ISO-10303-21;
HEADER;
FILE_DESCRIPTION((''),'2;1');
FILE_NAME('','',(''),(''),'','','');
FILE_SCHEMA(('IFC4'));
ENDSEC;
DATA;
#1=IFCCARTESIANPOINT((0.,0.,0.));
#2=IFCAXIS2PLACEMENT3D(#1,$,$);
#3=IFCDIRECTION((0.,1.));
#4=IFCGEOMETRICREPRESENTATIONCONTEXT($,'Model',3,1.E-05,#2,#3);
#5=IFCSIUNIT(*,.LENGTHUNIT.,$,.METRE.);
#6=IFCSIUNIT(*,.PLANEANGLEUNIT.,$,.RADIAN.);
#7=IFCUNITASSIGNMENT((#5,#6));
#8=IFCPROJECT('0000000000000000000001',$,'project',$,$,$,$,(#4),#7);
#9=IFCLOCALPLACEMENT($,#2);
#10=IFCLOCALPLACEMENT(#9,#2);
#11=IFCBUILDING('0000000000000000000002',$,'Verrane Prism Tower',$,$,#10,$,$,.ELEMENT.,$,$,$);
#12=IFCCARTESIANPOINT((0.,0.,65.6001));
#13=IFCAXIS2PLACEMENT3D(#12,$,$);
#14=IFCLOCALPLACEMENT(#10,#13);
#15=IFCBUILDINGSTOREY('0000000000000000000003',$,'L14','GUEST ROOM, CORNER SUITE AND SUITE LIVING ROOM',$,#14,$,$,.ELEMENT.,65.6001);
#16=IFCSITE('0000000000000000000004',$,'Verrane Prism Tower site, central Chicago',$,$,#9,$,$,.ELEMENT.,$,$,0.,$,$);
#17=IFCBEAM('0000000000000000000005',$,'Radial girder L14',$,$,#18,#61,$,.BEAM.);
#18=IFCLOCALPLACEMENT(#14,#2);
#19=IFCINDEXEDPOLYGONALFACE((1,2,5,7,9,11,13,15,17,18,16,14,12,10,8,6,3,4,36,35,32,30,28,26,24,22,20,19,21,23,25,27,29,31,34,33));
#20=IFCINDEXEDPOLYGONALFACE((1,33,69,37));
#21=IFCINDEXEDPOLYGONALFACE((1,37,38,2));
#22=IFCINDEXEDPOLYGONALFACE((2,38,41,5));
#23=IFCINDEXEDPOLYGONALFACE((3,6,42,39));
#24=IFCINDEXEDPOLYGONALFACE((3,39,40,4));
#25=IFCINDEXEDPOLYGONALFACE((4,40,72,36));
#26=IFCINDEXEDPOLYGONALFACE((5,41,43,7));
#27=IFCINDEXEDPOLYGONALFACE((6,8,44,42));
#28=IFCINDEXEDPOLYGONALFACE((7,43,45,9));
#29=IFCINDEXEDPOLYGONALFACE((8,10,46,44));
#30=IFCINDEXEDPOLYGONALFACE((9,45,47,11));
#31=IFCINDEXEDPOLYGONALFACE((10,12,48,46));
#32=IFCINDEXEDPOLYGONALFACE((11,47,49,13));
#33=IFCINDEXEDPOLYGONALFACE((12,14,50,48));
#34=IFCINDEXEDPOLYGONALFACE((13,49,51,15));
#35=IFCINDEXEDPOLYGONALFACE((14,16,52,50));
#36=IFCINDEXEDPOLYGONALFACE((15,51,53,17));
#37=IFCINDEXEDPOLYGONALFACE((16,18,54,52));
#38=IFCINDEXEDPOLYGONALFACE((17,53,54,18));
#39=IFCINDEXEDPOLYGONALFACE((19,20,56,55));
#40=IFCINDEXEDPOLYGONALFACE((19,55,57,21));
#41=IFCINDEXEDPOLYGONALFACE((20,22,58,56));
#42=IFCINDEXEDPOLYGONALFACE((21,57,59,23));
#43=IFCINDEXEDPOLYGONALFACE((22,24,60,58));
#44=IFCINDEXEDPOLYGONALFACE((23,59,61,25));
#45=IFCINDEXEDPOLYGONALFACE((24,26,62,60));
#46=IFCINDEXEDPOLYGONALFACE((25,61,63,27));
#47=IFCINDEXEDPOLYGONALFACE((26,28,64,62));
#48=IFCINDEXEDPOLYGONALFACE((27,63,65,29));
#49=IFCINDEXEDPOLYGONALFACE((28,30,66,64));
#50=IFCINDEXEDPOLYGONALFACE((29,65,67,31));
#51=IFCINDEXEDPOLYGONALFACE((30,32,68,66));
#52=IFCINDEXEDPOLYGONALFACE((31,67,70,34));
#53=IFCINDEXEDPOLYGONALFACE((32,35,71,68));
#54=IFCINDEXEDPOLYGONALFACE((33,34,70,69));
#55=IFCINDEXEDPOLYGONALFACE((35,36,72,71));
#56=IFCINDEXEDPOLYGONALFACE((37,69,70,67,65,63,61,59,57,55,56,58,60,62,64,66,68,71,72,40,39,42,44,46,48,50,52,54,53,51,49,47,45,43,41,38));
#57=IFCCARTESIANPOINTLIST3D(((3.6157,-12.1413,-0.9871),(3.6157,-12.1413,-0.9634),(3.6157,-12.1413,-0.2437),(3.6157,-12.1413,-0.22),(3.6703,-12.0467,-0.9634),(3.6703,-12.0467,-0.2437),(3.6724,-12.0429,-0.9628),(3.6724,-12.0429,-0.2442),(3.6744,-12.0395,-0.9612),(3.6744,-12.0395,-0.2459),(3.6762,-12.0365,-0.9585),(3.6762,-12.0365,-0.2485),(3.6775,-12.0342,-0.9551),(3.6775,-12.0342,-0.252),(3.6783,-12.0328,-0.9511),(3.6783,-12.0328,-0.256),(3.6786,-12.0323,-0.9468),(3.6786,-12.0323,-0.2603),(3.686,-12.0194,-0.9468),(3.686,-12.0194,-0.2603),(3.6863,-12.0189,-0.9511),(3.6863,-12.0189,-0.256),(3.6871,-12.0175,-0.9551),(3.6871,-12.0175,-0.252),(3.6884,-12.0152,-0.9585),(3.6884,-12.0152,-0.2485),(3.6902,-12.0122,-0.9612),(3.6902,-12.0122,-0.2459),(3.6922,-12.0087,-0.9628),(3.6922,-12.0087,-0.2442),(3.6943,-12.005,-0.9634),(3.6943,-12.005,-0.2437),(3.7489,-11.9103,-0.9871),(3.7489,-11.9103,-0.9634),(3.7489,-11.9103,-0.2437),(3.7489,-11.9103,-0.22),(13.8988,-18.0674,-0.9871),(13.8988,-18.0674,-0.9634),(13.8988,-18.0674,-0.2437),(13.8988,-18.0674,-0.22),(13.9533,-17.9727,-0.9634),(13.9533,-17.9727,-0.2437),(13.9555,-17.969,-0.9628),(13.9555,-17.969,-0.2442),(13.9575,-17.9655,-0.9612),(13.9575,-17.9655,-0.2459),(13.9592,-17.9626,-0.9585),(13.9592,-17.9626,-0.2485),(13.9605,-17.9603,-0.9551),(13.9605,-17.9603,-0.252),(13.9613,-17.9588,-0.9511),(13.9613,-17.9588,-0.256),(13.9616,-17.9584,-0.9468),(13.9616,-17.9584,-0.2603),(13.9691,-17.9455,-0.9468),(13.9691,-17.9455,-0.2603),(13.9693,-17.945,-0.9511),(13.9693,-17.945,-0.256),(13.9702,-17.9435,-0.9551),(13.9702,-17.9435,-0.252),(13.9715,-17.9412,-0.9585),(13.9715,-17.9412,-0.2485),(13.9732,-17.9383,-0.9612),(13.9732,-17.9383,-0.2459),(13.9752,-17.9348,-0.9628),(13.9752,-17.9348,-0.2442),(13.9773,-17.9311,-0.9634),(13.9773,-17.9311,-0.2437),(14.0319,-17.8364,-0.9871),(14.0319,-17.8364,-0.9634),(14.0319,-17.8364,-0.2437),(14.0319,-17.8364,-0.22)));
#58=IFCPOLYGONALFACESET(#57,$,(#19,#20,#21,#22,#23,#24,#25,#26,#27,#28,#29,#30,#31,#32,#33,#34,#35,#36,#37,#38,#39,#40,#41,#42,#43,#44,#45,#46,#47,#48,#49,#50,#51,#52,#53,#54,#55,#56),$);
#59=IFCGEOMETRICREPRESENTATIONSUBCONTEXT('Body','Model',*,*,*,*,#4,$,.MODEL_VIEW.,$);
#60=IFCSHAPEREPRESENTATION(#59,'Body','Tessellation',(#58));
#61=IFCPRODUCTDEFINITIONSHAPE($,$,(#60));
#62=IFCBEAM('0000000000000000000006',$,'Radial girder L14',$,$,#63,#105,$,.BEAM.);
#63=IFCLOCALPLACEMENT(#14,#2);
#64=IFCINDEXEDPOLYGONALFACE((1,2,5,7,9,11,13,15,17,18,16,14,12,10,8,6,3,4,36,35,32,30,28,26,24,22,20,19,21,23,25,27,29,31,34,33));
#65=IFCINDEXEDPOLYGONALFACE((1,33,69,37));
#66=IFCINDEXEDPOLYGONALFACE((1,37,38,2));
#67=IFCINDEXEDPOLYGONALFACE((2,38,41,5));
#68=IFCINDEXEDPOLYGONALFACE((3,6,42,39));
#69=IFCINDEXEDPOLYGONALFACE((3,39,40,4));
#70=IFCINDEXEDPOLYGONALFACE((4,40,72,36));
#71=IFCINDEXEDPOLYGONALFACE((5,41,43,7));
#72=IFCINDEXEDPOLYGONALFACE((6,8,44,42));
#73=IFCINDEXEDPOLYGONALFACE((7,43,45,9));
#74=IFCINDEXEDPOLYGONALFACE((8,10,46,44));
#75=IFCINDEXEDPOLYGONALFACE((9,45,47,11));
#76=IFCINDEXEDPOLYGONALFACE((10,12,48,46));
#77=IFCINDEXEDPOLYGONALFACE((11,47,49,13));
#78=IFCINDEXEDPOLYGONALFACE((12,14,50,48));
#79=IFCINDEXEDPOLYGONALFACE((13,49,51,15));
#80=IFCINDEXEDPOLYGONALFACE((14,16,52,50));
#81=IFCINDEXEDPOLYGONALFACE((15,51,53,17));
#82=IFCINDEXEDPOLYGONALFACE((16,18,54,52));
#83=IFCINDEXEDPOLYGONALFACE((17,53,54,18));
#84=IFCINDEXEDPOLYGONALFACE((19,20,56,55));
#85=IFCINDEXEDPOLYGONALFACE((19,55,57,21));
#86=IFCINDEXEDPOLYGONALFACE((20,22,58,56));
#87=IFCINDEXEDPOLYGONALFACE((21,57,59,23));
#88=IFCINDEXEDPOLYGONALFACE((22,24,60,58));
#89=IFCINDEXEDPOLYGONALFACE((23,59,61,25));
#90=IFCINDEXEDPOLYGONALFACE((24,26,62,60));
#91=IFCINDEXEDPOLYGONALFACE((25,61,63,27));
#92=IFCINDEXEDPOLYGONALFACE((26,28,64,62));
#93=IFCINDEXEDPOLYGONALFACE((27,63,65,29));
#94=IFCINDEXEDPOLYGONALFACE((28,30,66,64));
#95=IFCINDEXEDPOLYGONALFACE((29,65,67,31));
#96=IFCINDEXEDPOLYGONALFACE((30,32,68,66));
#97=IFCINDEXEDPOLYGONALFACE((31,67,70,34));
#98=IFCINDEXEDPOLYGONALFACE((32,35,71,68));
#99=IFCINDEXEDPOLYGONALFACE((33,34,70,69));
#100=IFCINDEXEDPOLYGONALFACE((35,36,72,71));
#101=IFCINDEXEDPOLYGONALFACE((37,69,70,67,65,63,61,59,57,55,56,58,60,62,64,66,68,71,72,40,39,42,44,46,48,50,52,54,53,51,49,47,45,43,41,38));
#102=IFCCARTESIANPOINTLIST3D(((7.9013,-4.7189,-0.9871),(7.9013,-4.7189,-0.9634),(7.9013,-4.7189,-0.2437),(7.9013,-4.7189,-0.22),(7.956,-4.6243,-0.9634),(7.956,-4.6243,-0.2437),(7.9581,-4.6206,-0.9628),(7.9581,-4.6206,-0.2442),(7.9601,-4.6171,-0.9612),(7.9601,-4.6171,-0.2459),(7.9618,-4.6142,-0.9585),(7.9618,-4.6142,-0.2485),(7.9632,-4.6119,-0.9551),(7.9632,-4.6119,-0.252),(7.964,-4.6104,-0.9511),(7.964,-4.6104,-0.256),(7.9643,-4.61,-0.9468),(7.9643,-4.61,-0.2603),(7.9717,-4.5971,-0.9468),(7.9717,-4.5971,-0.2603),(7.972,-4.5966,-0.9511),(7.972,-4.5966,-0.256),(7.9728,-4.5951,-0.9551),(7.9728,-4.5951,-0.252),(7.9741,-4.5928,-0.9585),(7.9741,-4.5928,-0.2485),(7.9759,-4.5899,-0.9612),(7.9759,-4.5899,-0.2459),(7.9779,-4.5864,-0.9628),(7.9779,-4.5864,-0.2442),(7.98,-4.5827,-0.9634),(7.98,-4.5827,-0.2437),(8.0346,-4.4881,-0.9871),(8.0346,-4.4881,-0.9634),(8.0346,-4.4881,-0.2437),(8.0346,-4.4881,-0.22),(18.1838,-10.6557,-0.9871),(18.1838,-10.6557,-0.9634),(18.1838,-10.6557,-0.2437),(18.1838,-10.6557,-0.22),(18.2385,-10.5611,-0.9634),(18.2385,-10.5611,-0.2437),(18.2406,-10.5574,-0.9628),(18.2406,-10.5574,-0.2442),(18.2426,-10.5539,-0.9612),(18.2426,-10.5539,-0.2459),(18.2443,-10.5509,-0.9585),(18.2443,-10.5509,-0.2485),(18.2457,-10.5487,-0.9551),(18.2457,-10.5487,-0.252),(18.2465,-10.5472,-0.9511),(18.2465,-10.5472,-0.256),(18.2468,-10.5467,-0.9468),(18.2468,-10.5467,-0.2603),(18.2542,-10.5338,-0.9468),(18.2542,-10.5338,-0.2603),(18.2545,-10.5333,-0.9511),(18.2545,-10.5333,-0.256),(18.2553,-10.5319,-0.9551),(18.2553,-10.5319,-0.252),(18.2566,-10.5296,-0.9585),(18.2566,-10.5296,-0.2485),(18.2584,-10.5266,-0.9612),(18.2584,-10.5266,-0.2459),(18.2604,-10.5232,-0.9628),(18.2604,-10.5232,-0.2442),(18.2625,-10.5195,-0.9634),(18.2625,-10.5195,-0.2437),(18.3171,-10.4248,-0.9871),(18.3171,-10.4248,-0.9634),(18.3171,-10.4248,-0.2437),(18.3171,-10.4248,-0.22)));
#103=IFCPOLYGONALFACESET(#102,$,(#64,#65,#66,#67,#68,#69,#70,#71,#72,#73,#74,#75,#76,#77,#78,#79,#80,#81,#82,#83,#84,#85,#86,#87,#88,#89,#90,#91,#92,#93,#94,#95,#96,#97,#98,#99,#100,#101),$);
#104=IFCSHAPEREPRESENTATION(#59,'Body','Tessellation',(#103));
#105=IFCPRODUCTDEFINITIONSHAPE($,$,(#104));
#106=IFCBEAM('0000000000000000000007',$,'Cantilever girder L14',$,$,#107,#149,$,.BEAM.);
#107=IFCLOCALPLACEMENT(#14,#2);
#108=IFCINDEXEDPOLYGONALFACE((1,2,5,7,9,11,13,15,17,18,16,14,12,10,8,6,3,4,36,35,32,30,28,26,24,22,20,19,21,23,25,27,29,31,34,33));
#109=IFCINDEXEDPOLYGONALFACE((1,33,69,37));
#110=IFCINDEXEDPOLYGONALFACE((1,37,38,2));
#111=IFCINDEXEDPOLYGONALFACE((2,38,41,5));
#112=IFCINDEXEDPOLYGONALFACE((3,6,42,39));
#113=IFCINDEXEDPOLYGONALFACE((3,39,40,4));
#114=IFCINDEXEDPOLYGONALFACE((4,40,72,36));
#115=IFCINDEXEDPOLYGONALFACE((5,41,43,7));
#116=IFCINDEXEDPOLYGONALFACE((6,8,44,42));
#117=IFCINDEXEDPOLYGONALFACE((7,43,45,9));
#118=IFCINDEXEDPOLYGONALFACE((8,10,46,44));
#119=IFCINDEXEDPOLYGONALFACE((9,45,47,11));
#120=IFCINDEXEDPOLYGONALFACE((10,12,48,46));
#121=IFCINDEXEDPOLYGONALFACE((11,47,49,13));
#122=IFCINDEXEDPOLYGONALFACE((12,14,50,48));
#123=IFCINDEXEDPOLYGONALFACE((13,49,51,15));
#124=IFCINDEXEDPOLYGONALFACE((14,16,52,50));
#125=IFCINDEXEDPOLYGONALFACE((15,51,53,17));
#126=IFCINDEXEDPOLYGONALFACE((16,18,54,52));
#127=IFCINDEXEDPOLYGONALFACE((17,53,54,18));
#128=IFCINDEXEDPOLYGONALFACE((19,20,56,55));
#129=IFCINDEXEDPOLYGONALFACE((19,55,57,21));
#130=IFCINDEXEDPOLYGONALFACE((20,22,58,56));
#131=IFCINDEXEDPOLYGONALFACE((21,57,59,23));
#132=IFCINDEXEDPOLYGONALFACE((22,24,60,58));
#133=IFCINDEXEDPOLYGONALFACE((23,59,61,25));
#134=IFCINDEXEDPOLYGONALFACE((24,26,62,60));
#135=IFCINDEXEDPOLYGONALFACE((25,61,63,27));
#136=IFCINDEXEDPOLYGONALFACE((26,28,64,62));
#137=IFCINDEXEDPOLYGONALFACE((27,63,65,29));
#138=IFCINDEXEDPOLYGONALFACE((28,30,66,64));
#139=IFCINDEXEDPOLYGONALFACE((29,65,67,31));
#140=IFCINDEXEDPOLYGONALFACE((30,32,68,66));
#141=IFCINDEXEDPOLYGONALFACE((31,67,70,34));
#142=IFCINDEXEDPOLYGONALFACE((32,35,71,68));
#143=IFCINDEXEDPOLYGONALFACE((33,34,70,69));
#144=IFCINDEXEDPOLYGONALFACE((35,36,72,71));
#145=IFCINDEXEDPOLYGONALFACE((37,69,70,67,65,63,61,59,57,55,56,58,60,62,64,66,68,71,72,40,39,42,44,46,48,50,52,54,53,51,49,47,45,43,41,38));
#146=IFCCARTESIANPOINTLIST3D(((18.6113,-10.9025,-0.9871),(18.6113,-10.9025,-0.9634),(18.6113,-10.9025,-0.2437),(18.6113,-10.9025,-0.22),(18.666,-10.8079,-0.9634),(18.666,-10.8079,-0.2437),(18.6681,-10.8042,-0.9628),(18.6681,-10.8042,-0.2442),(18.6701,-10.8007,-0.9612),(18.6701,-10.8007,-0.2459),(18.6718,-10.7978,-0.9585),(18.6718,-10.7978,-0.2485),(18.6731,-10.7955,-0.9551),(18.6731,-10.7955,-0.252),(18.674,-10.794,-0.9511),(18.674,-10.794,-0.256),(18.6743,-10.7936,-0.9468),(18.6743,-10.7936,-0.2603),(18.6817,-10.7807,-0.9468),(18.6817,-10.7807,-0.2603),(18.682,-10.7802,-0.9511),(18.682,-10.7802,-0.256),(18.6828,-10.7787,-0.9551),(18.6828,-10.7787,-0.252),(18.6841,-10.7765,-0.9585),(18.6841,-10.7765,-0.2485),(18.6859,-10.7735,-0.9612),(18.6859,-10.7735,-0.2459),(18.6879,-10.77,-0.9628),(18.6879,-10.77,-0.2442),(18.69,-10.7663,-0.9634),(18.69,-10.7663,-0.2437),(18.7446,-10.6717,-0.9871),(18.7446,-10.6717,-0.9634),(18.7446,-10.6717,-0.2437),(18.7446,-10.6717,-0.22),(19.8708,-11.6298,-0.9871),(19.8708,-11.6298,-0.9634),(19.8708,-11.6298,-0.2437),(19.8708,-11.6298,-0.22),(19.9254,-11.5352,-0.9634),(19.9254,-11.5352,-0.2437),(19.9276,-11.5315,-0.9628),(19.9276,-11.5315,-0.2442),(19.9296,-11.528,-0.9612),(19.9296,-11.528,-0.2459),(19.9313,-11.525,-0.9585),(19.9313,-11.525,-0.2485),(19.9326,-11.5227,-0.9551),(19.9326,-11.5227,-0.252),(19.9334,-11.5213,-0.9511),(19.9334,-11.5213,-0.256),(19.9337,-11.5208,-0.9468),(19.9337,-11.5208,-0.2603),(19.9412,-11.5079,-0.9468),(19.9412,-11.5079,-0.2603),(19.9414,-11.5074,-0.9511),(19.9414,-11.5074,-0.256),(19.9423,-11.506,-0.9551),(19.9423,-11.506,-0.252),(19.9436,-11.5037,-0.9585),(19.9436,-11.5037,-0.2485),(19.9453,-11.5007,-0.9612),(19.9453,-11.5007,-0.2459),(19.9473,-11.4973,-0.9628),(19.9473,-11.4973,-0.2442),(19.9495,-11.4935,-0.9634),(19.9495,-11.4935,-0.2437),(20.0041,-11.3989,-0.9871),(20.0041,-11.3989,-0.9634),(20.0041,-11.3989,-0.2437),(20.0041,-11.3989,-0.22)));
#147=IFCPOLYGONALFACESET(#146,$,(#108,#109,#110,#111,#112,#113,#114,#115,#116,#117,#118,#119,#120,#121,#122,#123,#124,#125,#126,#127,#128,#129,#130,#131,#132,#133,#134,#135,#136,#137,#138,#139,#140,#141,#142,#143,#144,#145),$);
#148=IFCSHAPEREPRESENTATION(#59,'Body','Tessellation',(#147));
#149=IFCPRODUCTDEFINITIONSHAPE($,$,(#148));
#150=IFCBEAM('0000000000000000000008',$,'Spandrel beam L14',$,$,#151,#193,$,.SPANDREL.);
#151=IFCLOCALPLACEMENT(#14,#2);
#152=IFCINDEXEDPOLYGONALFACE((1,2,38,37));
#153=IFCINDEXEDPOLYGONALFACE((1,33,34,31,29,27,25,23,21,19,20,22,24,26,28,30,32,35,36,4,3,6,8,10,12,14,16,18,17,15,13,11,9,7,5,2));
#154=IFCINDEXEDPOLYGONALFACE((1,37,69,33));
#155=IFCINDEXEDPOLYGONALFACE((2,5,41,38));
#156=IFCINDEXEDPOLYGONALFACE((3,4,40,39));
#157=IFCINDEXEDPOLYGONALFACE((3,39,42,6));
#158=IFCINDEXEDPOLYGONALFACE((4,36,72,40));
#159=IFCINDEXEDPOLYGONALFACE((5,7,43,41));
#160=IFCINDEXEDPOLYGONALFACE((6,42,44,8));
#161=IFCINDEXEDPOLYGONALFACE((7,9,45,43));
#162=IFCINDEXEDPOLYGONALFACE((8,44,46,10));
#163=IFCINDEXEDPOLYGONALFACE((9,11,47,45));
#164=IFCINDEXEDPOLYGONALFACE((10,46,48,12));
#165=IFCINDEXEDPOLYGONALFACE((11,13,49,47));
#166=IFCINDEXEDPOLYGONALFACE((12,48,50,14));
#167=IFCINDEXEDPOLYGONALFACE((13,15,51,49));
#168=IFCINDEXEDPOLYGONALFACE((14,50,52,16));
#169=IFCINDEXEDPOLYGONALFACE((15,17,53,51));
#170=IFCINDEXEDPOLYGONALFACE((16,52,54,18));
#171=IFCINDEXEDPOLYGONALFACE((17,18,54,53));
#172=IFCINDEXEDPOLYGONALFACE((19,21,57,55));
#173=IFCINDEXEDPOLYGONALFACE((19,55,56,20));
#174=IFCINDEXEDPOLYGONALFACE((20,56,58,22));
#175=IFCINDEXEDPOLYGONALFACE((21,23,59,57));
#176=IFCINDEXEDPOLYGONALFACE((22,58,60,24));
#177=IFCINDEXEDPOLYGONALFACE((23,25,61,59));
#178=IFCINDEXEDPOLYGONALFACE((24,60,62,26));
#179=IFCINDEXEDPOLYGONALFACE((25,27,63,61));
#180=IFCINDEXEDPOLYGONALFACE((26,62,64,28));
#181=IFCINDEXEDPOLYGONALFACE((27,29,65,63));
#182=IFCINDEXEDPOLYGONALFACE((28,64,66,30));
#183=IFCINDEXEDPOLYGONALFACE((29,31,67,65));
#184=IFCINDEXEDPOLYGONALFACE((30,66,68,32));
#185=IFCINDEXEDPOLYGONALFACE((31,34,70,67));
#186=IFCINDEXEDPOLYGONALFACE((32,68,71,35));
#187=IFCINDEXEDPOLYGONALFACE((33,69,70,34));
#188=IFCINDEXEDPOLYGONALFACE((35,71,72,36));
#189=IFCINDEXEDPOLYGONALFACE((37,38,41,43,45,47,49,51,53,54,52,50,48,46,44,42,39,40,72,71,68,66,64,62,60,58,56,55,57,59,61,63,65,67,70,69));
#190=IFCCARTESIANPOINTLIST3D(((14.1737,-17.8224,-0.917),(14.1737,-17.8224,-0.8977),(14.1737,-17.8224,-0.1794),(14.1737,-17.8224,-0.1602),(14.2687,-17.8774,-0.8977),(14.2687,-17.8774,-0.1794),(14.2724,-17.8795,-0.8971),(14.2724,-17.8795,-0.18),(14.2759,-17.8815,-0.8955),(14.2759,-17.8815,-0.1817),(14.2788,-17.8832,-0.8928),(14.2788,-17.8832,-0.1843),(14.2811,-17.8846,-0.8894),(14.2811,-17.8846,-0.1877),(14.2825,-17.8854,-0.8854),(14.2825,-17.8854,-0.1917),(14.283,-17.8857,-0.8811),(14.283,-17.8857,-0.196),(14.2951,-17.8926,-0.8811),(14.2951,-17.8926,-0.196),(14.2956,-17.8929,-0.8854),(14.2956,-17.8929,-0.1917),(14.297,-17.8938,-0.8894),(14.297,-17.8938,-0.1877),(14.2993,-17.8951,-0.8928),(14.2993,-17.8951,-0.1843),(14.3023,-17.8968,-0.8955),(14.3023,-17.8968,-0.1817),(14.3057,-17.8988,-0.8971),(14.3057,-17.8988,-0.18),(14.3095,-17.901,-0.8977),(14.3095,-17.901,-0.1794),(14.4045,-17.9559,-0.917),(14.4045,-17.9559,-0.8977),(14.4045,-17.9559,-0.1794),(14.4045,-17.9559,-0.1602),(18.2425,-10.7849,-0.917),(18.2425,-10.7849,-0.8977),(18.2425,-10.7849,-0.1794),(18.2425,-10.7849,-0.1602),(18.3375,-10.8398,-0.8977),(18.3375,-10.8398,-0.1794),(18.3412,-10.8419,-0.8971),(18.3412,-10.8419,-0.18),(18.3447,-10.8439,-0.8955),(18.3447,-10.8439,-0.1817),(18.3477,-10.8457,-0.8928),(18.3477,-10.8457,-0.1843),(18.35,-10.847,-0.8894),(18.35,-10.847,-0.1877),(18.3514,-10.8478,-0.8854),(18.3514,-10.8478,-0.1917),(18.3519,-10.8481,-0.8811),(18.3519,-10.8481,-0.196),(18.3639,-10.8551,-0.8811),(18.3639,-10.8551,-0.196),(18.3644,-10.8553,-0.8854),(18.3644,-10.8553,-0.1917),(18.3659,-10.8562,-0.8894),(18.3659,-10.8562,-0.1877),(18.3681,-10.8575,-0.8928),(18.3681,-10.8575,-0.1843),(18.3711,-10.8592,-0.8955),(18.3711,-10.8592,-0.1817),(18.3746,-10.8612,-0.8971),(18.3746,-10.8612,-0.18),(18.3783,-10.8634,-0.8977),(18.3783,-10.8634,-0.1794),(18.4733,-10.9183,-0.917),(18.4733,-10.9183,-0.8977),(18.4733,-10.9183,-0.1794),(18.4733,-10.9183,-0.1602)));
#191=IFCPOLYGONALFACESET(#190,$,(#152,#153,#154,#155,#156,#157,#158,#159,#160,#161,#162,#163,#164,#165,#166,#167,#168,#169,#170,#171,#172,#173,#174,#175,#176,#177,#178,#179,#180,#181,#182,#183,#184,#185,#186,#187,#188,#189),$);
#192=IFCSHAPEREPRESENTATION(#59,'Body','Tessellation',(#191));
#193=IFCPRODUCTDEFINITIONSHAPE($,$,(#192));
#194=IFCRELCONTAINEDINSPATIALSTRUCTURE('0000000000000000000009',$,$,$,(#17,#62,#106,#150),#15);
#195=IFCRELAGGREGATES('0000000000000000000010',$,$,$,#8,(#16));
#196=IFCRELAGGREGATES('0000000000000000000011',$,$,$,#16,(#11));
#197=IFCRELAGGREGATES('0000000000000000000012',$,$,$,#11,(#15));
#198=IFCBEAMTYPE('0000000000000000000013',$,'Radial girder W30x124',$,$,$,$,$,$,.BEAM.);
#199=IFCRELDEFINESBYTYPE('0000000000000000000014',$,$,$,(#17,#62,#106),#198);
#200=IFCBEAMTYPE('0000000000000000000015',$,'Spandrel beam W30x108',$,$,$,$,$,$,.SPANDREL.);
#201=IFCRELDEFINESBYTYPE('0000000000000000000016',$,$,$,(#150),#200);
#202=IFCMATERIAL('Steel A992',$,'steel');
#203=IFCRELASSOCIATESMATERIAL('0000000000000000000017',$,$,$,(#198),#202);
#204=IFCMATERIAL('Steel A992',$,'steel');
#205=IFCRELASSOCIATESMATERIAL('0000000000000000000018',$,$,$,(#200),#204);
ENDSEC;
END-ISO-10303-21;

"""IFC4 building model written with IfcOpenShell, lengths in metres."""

from ifc_helpers import new_model, si_unit, direction, frame, origin, origin_2d, place, context, subcontext, project, spatial, i_section, extrude, material, material_profile, profile_set, type_object, element, save


model = new_model("IFC4")

# Units and contexts
model_context = context("Model", 3, precision=1e-05, world=origin(), true_north=direction((0.0, 1.0)))
body_context = subcontext(model_context, "Body", "Model", "MODEL_VIEW")
ifc_project = project(units=[si_unit("LENGTHUNIT", "METRE"), si_unit("PLANEANGLEUNIT", "RADIAN")], contexts=[model_context])

# Site, building, storey
site_placement = place(None, origin())
site = spatial("IfcSite", under=ifc_project, at=site_placement, Name="Verrane Prism Tower site, central Chicago", CompositionType="ELEMENT", RefElevation=0.0)
building_placement = place(site_placement, origin())
building = spatial("IfcBuilding", under=site, at=building_placement, Name="Verrane Prism Tower", CompositionType="ELEMENT")
storey_placement = place(building_placement, frame((0.0, 0.0, 65.6001)))
storey = spatial("IfcBuildingStorey", under=building, at=storey_placement, Name="L14", Description="GUEST ROOM, CORNER SUITE AND SUITE LIVING ROOM", CompositionType="ELEMENT", Elevation=65.6001)

# Beams
ifc_material_1 = material(Name="Steel A992", Category="steel")
ifc_material_profile_1 = material_profile(ifc_material_1, i_section(OverallWidth=0.2666, OverallDepth=0.7671, WebThickness=0.0149, FlangeThickness=0.0237, FilletRadius=0.0166, at=origin_2d()), Name="W30x124")
ifc_profile_set_1 = profile_set([ifc_material_profile_1], Name="Steel A992")
beam_type_1 = type_object("IfcBeamType", Name="Radial girder W30x124", PredefinedType="BEAM", material=ifc_profile_set_1)
beam_1_placement = place(storey_placement, frame((13.9653, -17.9519, -0.6035), z_axis=(-0.866421, 0.499315, 0.0), x_axis=(-0.499315, -0.866421, 0.0)))
element("IfcBeam", 1, at=beam_1_placement, inside=storey, type_object=beam_type_1, Name="Radial girder L14", PredefinedType="BEAM", context=body_context, shape_type="SweptSolid", body=[
    extrude(i_section(OverallWidth=0.2666, OverallDepth=0.7671, WebThickness=0.0149, FlangeThickness=0.0237, FilletRadius=0.0166, at=origin_2d()), origin(), (0.0, 0.0, 1.0), 11.8684),
])
beam_2_placement = place(storey_placement, frame((18.2505, -10.5403, -0.6035), z_axis=(-0.866019, 0.500011, 0.0), x_axis=(-0.500011, -0.866019, 0.0)))
element("IfcBeam", 2, at=beam_2_placement, inside=storey, type_object=beam_type_1, Name="Radial girder L14", PredefinedType="BEAM", context=body_context, shape_type="SweptSolid", body=[
    extrude(i_section(OverallWidth=0.2666, OverallDepth=0.7671, WebThickness=0.0149, FlangeThickness=0.0237, FilletRadius=0.0166, at=origin_2d()), origin(), (0.0, 0.0, 1.0), 11.8733),
])
beam_3_placement = place(storey_placement, frame((18.678, -10.7871, -0.6035), z_axis=(0.865993, -0.500057, 0.0), x_axis=(0.500057, 0.865993, 0.0)))
element("IfcBeam", 3, at=beam_3_placement, inside=storey, type_object=beam_type_1, Name="Cantilever girder L14", PredefinedType="BEAM", context=body_context, shape_type="SweptSolid", body=[
    extrude(i_section(OverallWidth=0.2666, OverallDepth=0.7671, WebThickness=0.0149, FlangeThickness=0.0237, FilletRadius=0.0166, at=origin_2d()), origin(), (0.0, 0.0, 1.0), 1.4543),
])
ifc_material_2 = material(Name="Steel A992", Category="steel")
ifc_material_profile_2 = material_profile(ifc_material_2, i_section(OverallWidth=0.2666, OverallDepth=0.7568, WebThickness=0.0139, FlangeThickness=0.0193, FilletRadius=0.0166, at=origin_2d()), Name="W30x108")
ifc_profile_set_2 = profile_set([ifc_material_profile_2], Name="Steel A992")
beam_type_2 = type_object("IfcBeamType", Name="Spandrel beam W30x108", PredefinedType="SPANDREL", material=ifc_profile_set_2)
beam_4_placement = place(storey_placement, frame((14.2891, -17.8892, -0.5386), z_axis=(0.500525, 0.865722, 0.0), x_axis=(-0.865722, 0.500525, 0.0)))
element("IfcBeam", 4, at=beam_4_placement, inside=storey, type_object=beam_type_2, Name="Spandrel beam L14", PredefinedType="SPANDREL", context=body_context, shape_type="SweptSolid", body=[
    extrude(i_section(OverallWidth=0.2666, OverallDepth=0.7568, WebThickness=0.0139, FlangeThickness=0.0193, FilletRadius=0.0166, at=origin_2d()), origin(), (0.0, 0.0, 1.0), 8.1292),
])

save(model, "model.ifc")
